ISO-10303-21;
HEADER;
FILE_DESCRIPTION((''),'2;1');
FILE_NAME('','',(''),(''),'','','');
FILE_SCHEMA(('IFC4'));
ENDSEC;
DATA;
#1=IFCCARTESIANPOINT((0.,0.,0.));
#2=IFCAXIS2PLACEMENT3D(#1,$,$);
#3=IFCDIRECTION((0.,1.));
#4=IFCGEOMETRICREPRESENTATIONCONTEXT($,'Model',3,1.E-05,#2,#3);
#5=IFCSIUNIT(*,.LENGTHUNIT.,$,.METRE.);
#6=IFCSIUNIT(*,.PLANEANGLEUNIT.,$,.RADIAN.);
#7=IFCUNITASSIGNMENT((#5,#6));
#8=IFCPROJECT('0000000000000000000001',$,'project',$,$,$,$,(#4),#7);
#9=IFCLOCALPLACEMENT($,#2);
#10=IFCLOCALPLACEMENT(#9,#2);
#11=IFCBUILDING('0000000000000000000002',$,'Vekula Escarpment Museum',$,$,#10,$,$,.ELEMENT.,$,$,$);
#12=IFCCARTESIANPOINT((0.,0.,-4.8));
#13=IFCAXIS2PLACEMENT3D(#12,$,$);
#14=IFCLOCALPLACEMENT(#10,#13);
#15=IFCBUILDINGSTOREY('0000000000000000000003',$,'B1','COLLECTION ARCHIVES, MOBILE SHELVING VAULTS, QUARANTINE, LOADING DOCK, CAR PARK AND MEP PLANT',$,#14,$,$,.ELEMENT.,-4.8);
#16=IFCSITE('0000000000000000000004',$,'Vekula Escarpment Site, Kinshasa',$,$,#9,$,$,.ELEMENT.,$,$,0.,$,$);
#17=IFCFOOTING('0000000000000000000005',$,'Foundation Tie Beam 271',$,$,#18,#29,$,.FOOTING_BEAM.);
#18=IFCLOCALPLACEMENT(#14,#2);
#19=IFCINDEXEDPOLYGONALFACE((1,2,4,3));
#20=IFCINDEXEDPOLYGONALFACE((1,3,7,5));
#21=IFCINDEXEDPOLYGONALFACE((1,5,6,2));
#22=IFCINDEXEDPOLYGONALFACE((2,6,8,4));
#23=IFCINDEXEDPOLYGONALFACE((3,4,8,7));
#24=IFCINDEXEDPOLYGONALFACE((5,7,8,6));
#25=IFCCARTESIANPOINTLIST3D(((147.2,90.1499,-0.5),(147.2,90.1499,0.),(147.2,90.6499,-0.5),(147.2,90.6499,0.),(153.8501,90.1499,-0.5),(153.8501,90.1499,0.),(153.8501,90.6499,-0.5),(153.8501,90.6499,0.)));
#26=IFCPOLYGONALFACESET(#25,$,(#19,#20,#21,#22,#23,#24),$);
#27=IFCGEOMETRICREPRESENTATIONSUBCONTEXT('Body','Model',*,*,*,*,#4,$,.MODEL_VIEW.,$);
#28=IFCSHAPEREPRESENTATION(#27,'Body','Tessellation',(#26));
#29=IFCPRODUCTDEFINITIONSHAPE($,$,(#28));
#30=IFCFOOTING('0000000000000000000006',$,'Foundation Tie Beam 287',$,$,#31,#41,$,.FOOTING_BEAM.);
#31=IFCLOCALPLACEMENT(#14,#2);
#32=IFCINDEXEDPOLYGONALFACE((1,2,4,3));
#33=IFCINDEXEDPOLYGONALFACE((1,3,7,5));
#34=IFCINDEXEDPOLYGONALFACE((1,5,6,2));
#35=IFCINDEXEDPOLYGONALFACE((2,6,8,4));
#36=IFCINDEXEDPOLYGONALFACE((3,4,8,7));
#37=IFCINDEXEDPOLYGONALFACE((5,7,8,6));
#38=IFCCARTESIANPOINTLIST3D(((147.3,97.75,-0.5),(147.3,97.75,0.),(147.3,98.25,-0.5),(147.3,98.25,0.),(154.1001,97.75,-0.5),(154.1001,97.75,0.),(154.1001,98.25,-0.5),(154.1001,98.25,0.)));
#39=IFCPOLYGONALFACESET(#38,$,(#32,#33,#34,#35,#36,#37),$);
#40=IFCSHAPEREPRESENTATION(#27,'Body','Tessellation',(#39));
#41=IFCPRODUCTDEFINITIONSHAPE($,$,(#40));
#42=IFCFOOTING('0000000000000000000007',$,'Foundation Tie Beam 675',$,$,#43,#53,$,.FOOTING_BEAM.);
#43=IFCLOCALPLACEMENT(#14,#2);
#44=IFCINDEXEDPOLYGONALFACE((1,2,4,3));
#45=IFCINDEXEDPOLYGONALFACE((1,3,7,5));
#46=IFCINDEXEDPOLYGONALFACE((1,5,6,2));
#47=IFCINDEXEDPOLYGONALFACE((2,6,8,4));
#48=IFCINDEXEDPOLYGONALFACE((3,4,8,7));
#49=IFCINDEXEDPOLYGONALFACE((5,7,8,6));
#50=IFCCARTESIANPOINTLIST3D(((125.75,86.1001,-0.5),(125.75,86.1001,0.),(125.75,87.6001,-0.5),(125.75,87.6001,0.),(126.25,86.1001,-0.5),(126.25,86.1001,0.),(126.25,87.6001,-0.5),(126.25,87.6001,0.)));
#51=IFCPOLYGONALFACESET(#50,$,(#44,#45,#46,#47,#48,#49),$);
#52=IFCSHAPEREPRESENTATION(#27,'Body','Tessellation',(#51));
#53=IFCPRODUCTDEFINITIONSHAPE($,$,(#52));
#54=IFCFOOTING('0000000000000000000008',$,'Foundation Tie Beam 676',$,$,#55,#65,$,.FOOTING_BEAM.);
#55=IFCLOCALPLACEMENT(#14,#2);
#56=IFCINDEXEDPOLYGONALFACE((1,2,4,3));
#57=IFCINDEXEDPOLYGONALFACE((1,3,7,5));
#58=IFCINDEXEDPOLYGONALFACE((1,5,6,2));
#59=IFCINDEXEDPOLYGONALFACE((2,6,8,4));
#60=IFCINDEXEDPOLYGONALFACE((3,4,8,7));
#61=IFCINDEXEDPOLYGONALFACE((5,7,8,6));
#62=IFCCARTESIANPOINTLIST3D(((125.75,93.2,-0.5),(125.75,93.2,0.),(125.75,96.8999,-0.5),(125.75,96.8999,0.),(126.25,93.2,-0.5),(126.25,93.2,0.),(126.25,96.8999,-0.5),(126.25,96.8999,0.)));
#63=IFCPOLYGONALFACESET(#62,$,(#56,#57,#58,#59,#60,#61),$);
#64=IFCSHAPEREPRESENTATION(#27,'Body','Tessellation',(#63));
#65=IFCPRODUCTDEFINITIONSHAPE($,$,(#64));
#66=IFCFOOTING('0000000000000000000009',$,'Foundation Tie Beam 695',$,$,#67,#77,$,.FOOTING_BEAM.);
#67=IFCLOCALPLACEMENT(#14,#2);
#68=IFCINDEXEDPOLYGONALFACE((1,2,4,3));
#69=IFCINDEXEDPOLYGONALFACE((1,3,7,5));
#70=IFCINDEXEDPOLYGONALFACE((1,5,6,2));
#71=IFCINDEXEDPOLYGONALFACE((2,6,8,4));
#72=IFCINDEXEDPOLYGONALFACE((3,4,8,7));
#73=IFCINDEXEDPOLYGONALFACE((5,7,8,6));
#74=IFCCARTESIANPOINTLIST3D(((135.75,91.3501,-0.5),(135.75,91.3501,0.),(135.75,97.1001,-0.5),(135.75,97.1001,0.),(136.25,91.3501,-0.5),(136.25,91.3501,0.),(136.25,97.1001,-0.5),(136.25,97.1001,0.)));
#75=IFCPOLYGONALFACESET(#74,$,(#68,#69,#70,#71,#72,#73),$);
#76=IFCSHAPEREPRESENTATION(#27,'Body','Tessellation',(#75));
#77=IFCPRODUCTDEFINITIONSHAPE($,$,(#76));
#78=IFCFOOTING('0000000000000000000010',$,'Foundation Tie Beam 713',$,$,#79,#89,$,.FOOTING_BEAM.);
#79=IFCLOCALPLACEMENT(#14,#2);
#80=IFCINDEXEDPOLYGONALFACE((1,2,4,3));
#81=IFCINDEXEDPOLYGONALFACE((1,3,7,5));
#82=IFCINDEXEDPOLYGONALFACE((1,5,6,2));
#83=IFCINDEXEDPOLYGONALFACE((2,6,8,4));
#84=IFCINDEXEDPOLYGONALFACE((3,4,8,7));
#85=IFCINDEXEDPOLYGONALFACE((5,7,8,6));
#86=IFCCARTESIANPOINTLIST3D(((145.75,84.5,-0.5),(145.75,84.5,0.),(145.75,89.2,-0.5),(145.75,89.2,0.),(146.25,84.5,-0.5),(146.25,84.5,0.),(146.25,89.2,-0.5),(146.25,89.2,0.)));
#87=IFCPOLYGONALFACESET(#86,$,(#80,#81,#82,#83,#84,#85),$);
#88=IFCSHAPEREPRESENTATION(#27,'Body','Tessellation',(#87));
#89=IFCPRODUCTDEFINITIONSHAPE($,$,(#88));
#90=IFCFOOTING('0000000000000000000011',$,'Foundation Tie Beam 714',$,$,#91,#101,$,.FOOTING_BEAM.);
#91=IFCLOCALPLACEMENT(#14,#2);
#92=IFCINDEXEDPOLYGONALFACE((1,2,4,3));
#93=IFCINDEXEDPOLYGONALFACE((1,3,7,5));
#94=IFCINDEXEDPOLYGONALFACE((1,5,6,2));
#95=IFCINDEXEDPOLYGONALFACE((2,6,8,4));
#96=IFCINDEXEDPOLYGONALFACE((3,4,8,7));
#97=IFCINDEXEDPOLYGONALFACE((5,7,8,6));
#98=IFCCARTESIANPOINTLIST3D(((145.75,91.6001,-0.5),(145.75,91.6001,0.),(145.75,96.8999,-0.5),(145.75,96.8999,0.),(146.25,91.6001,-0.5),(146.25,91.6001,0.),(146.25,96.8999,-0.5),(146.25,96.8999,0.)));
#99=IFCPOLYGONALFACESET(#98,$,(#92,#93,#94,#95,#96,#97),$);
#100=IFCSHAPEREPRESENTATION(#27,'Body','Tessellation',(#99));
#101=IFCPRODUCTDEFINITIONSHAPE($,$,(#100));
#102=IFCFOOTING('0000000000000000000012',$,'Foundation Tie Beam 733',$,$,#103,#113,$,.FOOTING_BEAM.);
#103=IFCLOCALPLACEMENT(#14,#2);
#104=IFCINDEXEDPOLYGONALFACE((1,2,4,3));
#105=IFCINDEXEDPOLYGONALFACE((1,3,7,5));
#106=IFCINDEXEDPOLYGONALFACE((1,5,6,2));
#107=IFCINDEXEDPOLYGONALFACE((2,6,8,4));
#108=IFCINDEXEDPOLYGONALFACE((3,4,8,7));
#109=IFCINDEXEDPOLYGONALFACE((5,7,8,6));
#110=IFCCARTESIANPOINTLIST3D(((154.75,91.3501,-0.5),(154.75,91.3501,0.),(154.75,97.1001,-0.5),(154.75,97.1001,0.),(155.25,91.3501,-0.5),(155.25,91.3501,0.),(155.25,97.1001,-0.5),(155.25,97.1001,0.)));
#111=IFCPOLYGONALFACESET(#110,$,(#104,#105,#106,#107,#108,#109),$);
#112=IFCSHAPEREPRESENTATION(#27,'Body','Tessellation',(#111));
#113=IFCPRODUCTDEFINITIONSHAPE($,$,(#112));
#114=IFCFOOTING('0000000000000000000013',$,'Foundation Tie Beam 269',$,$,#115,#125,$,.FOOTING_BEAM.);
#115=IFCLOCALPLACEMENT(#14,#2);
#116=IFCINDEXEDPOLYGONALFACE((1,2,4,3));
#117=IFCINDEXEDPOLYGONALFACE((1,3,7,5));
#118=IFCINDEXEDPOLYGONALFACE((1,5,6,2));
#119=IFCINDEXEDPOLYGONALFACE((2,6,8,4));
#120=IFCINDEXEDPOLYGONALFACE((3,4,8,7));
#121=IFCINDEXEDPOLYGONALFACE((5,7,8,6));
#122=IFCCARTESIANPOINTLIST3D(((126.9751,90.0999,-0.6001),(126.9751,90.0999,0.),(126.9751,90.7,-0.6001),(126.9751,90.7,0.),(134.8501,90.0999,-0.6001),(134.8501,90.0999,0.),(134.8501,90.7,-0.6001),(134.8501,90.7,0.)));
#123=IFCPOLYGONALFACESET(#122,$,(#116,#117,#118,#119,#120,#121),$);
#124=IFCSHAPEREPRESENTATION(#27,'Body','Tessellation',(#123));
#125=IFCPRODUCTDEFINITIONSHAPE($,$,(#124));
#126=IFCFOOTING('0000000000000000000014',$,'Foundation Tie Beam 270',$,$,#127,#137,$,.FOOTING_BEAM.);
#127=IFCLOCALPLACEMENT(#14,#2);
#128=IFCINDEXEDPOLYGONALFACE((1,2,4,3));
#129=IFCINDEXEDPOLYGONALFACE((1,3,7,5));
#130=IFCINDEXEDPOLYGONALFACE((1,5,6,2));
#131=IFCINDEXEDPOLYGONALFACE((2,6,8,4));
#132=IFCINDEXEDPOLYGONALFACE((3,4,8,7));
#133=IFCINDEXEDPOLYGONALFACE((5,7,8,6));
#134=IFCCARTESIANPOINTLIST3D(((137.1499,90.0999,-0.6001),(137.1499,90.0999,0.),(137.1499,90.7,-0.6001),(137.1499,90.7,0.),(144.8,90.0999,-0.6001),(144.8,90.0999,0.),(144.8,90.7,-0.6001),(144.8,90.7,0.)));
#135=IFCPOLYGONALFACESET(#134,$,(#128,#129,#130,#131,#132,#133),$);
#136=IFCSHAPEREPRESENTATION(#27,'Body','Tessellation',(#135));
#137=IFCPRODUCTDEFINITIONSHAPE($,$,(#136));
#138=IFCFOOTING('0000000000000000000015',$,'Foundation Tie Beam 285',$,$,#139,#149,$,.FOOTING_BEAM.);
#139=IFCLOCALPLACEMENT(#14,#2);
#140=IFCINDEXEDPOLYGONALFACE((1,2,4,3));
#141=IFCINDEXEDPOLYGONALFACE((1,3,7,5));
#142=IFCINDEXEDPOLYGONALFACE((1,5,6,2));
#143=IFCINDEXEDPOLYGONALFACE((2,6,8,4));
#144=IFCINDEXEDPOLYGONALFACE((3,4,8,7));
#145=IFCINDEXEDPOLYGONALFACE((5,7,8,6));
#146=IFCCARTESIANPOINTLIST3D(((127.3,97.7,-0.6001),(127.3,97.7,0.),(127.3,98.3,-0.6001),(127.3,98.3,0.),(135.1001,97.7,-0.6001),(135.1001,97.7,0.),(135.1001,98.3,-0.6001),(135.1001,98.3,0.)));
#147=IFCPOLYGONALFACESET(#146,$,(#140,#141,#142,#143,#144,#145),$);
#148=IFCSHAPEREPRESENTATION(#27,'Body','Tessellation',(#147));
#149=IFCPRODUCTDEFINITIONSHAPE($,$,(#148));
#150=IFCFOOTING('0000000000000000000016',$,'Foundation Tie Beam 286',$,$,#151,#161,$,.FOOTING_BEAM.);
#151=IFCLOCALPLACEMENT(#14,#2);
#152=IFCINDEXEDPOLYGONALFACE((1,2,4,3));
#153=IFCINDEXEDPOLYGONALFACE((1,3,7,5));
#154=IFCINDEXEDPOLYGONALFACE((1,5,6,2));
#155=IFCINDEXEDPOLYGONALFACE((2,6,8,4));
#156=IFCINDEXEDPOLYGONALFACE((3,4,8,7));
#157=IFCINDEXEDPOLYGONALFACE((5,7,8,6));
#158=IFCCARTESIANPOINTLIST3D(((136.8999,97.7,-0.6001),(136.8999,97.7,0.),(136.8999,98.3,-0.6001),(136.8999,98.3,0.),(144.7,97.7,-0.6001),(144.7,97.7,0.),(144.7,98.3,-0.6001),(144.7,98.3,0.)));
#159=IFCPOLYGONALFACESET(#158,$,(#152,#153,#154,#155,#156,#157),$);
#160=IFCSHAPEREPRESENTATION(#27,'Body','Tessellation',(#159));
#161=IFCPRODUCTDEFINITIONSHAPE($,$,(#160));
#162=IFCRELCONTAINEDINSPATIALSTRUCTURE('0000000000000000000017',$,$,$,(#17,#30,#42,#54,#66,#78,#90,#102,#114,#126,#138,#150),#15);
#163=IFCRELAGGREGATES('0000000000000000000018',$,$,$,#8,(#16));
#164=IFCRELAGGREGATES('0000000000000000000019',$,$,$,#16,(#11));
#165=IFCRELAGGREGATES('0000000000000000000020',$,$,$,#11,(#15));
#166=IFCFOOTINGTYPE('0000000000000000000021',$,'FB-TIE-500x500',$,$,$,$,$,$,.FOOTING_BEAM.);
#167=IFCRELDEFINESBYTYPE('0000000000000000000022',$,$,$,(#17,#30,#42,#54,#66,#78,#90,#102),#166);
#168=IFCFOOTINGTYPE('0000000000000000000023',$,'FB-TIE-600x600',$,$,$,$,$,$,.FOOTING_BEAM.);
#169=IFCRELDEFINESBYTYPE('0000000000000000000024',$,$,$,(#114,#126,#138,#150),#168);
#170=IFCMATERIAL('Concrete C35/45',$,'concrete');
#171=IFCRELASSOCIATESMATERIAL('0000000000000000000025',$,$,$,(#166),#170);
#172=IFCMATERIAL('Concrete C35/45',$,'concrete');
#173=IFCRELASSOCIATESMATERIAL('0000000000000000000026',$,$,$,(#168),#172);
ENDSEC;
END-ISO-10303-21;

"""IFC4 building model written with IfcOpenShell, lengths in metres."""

from ifc_helpers import new_model, si_unit, direction, frame, origin, origin_2d, place, context, subcontext, project, spatial, rectangle, extrude, material, material_profile, profile_set, type_object, element, save


model = new_model("IFC4")

# Units and contexts
model_context = context("Model", 3, precision=1e-05, world=origin(), true_north=direction((0.0, 1.0)))
body_context = subcontext(model_context, "Body", "Model", "MODEL_VIEW")
ifc_project = project(units=[si_unit("LENGTHUNIT", "METRE"), si_unit("PLANEANGLEUNIT", "RADIAN")], contexts=[model_context])

# Site, building, storey
site_placement = place(None, origin())
site = spatial("IfcSite", under=ifc_project, at=site_placement, Name="Vekula Escarpment Site, Kinshasa", CompositionType="ELEMENT", RefElevation=0.0)
building_placement = place(site_placement, origin())
building = spatial("IfcBuilding", under=site, at=building_placement, Name="Vekula Escarpment Museum", CompositionType="ELEMENT")
storey_placement = place(building_placement, frame((0.0, 0.0, -4.8)))
storey = spatial("IfcBuildingStorey", under=building, at=storey_placement, Name="B1", Description="COLLECTION ARCHIVES, MOBILE SHELVING VAULTS, QUARANTINE, LOADING DOCK, CAR PARK AND MEP PLANT", CompositionType="ELEMENT", Elevation=-4.8)

# Footings
ifc_material_1 = material(Name="Concrete C35/45", Category="concrete")
ifc_material_profile_1 = material_profile(ifc_material_1, rectangle(XDim=0.5, YDim=0.5, at=origin_2d()), Name="RC 500x500")
ifc_profile_set_1 = profile_set([ifc_material_profile_1], Name="Concrete C35/45")
footing_type_1 = type_object("IfcFootingType", Name="FB-TIE-500x500", PredefinedType="FOOTING_BEAM", material=ifc_profile_set_1)
footing_1_placement = place(storey_placement, frame((147.2, 90.3999, -0.25), z_axis=(1.0, 0.0, 0.0), x_axis=(0.0, 1.0, 0.0)))
element("IfcFooting", 1, at=footing_1_placement, inside=storey, type_object=footing_type_1, Name="Foundation Tie Beam 271", PredefinedType="FOOTING_BEAM", context=body_context, shape_type="SweptSolid", body=[
    extrude(rectangle(XDim=0.5, YDim=0.5, at=origin_2d()), origin(), (0.0, 0.0, 1.0), 6.6501),
])
footing_2_placement = place(storey_placement, frame((147.3, 98.0, -0.25), z_axis=(1.0, 0.0, 0.0), x_axis=(0.0, 1.0, 0.0)))
element("IfcFooting", 2, at=footing_2_placement, inside=storey, type_object=footing_type_1, Name="Foundation Tie Beam 287", PredefinedType="FOOTING_BEAM", context=body_context, shape_type="SweptSolid", body=[
    extrude(rectangle(XDim=0.5, YDim=0.5, at=origin_2d()), origin(), (0.0, 0.0, 1.0), 6.8),
])
footing_3_placement = place(storey_placement, frame((126.0, 86.1001, -0.25), z_axis=(0.0, 1.0, 0.0), x_axis=(-1.0, 0.0, 0.0)))
element("IfcFooting", 3, at=footing_3_placement, inside=storey, type_object=footing_type_1, Name="Foundation Tie Beam 675", PredefinedType="FOOTING_BEAM", context=body_context, shape_type="SweptSolid", body=[
    extrude(rectangle(XDim=0.5, YDim=0.5, at=origin_2d()), origin(), (0.0, 0.0, 1.0), 1.5),
])
footing_4_placement = place(storey_placement, frame((126.0, 93.2, -0.25), z_axis=(0.0, 1.0, 0.0), x_axis=(-1.0, 0.0, 0.0)))
element("IfcFooting", 4, at=footing_4_placement, inside=storey, type_object=footing_type_1, Name="Foundation Tie Beam 676", PredefinedType="FOOTING_BEAM", context=body_context, shape_type="SweptSolid", body=[
    extrude(rectangle(XDim=0.5, YDim=0.5, at=origin_2d()), origin(), (0.0, 0.0, 1.0), 3.7),
])
footing_5_placement = place(storey_placement, frame((136.0, 91.3501, -0.25), z_axis=(0.0, 1.0, 0.0), x_axis=(-1.0, 0.0, 0.0)))
element("IfcFooting", 5, at=footing_5_placement, inside=storey, type_object=footing_type_1, Name="Foundation Tie Beam 695", PredefinedType="FOOTING_BEAM", context=body_context, shape_type="SweptSolid", body=[
    extrude(rectangle(XDim=0.5, YDim=0.5, at=origin_2d()), origin(), (0.0, 0.0, 1.0), 5.75),
])
footing_6_placement = place(storey_placement, frame((146.0, 84.5, -0.25), z_axis=(0.0, 1.0, 0.0), x_axis=(-1.0, 0.0, 0.0)))
element("IfcFooting", 6, at=footing_6_placement, inside=storey, type_object=footing_type_1, Name="Foundation Tie Beam 713", PredefinedType="FOOTING_BEAM", context=body_context, shape_type="SweptSolid", body=[
    extrude(rectangle(XDim=0.5, YDim=0.5, at=origin_2d()), origin(), (0.0, 0.0, 1.0), 4.7),
])
footing_7_placement = place(storey_placement, frame((146.0, 91.6001, -0.25), z_axis=(0.0, 1.0, 0.0), x_axis=(-1.0, 0.0, 0.0)))
element("IfcFooting", 7, at=footing_7_placement, inside=storey, type_object=footing_type_1, Name="Foundation Tie Beam 714", PredefinedType="FOOTING_BEAM", context=body_context, shape_type="SweptSolid", body=[
    extrude(rectangle(XDim=0.5, YDim=0.5, at=origin_2d()), origin(), (0.0, 0.0, 1.0), 5.2998),
])
footing_8_placement = place(storey_placement, frame((155.0, 91.3501, -0.25), z_axis=(0.0, 1.0, 0.0), x_axis=(-1.0, 0.0, 0.0)))
element("IfcFooting", 8, at=footing_8_placement, inside=storey, type_object=footing_type_1, Name="Foundation Tie Beam 733", PredefinedType="FOOTING_BEAM", context=body_context, shape_type="SweptSolid", body=[
    extrude(rectangle(XDim=0.5, YDim=0.5, at=origin_2d()), origin(), (0.0, 0.0, 1.0), 5.75),
])
ifc_material_2 = material(Name="Concrete C35/45", Category="concrete")
ifc_material_profile_2 = material_profile(ifc_material_2, rectangle(XDim=0.6001, YDim=0.6001, at=origin_2d()), Name="RC 600x600")
ifc_profile_set_2 = profile_set([ifc_material_profile_2], Name="Concrete C35/45")
footing_type_2 = type_object("IfcFootingType", Name="FB-TIE-600x600", PredefinedType="FOOTING_BEAM", material=ifc_profile_set_2)
footing_9_placement = place(storey_placement, frame((126.9751, 90.3999, -0.3), z_axis=(1.0, 0.0, 0.0), x_axis=(0.0, 1.0, 0.0)))
element("IfcFooting", 9, at=footing_9_placement, inside=storey, type_object=footing_type_2, Name="Foundation Tie Beam 269", PredefinedType="FOOTING_BEAM", context=body_context, shape_type="SweptSolid", body=[
    extrude(rectangle(XDim=0.6001, YDim=0.6001, at=origin_2d()), origin(), (0.0, 0.0, 1.0), 7.875),
])
footing_10_placement = place(storey_placement, frame((137.1499, 90.3999, -0.3), z_axis=(1.0, 0.0, 0.0), x_axis=(0.0, 1.0, 0.0)))
element("IfcFooting", 10, at=footing_10_placement, inside=storey, type_object=footing_type_2, Name="Foundation Tie Beam 270", PredefinedType="FOOTING_BEAM", context=body_context, shape_type="SweptSolid", body=[
    extrude(rectangle(XDim=0.6001, YDim=0.6001, at=origin_2d()), origin(), (0.0, 0.0, 1.0), 7.6501),
])
for number, where, z_axis, x_axis, name in (
    (11, (127.3, 98.0, -0.3), (1.0, 0.0, 0.0), (0.0, 1.0, 0.0), "Foundation Tie Beam 285"),
    (12, (136.8999, 98.0, -0.3), (1.0, 0.0, 0.0), (0.0, 1.0, 0.0), "Foundation Tie Beam 286"),
):
    element("IfcFooting", number, at=place(storey_placement, frame(where, z_axis=z_axis, x_axis=x_axis)), inside=storey, type_object=footing_type_2, Name=name, PredefinedType="FOOTING_BEAM", context=body_context, shape_type="SweptSolid", body=[
        extrude(rectangle(XDim=0.6001, YDim=0.6001, at=origin_2d()), origin(), (0.0, 0.0, 1.0), 7.8),
    ])

save(model, "model.ifc")
